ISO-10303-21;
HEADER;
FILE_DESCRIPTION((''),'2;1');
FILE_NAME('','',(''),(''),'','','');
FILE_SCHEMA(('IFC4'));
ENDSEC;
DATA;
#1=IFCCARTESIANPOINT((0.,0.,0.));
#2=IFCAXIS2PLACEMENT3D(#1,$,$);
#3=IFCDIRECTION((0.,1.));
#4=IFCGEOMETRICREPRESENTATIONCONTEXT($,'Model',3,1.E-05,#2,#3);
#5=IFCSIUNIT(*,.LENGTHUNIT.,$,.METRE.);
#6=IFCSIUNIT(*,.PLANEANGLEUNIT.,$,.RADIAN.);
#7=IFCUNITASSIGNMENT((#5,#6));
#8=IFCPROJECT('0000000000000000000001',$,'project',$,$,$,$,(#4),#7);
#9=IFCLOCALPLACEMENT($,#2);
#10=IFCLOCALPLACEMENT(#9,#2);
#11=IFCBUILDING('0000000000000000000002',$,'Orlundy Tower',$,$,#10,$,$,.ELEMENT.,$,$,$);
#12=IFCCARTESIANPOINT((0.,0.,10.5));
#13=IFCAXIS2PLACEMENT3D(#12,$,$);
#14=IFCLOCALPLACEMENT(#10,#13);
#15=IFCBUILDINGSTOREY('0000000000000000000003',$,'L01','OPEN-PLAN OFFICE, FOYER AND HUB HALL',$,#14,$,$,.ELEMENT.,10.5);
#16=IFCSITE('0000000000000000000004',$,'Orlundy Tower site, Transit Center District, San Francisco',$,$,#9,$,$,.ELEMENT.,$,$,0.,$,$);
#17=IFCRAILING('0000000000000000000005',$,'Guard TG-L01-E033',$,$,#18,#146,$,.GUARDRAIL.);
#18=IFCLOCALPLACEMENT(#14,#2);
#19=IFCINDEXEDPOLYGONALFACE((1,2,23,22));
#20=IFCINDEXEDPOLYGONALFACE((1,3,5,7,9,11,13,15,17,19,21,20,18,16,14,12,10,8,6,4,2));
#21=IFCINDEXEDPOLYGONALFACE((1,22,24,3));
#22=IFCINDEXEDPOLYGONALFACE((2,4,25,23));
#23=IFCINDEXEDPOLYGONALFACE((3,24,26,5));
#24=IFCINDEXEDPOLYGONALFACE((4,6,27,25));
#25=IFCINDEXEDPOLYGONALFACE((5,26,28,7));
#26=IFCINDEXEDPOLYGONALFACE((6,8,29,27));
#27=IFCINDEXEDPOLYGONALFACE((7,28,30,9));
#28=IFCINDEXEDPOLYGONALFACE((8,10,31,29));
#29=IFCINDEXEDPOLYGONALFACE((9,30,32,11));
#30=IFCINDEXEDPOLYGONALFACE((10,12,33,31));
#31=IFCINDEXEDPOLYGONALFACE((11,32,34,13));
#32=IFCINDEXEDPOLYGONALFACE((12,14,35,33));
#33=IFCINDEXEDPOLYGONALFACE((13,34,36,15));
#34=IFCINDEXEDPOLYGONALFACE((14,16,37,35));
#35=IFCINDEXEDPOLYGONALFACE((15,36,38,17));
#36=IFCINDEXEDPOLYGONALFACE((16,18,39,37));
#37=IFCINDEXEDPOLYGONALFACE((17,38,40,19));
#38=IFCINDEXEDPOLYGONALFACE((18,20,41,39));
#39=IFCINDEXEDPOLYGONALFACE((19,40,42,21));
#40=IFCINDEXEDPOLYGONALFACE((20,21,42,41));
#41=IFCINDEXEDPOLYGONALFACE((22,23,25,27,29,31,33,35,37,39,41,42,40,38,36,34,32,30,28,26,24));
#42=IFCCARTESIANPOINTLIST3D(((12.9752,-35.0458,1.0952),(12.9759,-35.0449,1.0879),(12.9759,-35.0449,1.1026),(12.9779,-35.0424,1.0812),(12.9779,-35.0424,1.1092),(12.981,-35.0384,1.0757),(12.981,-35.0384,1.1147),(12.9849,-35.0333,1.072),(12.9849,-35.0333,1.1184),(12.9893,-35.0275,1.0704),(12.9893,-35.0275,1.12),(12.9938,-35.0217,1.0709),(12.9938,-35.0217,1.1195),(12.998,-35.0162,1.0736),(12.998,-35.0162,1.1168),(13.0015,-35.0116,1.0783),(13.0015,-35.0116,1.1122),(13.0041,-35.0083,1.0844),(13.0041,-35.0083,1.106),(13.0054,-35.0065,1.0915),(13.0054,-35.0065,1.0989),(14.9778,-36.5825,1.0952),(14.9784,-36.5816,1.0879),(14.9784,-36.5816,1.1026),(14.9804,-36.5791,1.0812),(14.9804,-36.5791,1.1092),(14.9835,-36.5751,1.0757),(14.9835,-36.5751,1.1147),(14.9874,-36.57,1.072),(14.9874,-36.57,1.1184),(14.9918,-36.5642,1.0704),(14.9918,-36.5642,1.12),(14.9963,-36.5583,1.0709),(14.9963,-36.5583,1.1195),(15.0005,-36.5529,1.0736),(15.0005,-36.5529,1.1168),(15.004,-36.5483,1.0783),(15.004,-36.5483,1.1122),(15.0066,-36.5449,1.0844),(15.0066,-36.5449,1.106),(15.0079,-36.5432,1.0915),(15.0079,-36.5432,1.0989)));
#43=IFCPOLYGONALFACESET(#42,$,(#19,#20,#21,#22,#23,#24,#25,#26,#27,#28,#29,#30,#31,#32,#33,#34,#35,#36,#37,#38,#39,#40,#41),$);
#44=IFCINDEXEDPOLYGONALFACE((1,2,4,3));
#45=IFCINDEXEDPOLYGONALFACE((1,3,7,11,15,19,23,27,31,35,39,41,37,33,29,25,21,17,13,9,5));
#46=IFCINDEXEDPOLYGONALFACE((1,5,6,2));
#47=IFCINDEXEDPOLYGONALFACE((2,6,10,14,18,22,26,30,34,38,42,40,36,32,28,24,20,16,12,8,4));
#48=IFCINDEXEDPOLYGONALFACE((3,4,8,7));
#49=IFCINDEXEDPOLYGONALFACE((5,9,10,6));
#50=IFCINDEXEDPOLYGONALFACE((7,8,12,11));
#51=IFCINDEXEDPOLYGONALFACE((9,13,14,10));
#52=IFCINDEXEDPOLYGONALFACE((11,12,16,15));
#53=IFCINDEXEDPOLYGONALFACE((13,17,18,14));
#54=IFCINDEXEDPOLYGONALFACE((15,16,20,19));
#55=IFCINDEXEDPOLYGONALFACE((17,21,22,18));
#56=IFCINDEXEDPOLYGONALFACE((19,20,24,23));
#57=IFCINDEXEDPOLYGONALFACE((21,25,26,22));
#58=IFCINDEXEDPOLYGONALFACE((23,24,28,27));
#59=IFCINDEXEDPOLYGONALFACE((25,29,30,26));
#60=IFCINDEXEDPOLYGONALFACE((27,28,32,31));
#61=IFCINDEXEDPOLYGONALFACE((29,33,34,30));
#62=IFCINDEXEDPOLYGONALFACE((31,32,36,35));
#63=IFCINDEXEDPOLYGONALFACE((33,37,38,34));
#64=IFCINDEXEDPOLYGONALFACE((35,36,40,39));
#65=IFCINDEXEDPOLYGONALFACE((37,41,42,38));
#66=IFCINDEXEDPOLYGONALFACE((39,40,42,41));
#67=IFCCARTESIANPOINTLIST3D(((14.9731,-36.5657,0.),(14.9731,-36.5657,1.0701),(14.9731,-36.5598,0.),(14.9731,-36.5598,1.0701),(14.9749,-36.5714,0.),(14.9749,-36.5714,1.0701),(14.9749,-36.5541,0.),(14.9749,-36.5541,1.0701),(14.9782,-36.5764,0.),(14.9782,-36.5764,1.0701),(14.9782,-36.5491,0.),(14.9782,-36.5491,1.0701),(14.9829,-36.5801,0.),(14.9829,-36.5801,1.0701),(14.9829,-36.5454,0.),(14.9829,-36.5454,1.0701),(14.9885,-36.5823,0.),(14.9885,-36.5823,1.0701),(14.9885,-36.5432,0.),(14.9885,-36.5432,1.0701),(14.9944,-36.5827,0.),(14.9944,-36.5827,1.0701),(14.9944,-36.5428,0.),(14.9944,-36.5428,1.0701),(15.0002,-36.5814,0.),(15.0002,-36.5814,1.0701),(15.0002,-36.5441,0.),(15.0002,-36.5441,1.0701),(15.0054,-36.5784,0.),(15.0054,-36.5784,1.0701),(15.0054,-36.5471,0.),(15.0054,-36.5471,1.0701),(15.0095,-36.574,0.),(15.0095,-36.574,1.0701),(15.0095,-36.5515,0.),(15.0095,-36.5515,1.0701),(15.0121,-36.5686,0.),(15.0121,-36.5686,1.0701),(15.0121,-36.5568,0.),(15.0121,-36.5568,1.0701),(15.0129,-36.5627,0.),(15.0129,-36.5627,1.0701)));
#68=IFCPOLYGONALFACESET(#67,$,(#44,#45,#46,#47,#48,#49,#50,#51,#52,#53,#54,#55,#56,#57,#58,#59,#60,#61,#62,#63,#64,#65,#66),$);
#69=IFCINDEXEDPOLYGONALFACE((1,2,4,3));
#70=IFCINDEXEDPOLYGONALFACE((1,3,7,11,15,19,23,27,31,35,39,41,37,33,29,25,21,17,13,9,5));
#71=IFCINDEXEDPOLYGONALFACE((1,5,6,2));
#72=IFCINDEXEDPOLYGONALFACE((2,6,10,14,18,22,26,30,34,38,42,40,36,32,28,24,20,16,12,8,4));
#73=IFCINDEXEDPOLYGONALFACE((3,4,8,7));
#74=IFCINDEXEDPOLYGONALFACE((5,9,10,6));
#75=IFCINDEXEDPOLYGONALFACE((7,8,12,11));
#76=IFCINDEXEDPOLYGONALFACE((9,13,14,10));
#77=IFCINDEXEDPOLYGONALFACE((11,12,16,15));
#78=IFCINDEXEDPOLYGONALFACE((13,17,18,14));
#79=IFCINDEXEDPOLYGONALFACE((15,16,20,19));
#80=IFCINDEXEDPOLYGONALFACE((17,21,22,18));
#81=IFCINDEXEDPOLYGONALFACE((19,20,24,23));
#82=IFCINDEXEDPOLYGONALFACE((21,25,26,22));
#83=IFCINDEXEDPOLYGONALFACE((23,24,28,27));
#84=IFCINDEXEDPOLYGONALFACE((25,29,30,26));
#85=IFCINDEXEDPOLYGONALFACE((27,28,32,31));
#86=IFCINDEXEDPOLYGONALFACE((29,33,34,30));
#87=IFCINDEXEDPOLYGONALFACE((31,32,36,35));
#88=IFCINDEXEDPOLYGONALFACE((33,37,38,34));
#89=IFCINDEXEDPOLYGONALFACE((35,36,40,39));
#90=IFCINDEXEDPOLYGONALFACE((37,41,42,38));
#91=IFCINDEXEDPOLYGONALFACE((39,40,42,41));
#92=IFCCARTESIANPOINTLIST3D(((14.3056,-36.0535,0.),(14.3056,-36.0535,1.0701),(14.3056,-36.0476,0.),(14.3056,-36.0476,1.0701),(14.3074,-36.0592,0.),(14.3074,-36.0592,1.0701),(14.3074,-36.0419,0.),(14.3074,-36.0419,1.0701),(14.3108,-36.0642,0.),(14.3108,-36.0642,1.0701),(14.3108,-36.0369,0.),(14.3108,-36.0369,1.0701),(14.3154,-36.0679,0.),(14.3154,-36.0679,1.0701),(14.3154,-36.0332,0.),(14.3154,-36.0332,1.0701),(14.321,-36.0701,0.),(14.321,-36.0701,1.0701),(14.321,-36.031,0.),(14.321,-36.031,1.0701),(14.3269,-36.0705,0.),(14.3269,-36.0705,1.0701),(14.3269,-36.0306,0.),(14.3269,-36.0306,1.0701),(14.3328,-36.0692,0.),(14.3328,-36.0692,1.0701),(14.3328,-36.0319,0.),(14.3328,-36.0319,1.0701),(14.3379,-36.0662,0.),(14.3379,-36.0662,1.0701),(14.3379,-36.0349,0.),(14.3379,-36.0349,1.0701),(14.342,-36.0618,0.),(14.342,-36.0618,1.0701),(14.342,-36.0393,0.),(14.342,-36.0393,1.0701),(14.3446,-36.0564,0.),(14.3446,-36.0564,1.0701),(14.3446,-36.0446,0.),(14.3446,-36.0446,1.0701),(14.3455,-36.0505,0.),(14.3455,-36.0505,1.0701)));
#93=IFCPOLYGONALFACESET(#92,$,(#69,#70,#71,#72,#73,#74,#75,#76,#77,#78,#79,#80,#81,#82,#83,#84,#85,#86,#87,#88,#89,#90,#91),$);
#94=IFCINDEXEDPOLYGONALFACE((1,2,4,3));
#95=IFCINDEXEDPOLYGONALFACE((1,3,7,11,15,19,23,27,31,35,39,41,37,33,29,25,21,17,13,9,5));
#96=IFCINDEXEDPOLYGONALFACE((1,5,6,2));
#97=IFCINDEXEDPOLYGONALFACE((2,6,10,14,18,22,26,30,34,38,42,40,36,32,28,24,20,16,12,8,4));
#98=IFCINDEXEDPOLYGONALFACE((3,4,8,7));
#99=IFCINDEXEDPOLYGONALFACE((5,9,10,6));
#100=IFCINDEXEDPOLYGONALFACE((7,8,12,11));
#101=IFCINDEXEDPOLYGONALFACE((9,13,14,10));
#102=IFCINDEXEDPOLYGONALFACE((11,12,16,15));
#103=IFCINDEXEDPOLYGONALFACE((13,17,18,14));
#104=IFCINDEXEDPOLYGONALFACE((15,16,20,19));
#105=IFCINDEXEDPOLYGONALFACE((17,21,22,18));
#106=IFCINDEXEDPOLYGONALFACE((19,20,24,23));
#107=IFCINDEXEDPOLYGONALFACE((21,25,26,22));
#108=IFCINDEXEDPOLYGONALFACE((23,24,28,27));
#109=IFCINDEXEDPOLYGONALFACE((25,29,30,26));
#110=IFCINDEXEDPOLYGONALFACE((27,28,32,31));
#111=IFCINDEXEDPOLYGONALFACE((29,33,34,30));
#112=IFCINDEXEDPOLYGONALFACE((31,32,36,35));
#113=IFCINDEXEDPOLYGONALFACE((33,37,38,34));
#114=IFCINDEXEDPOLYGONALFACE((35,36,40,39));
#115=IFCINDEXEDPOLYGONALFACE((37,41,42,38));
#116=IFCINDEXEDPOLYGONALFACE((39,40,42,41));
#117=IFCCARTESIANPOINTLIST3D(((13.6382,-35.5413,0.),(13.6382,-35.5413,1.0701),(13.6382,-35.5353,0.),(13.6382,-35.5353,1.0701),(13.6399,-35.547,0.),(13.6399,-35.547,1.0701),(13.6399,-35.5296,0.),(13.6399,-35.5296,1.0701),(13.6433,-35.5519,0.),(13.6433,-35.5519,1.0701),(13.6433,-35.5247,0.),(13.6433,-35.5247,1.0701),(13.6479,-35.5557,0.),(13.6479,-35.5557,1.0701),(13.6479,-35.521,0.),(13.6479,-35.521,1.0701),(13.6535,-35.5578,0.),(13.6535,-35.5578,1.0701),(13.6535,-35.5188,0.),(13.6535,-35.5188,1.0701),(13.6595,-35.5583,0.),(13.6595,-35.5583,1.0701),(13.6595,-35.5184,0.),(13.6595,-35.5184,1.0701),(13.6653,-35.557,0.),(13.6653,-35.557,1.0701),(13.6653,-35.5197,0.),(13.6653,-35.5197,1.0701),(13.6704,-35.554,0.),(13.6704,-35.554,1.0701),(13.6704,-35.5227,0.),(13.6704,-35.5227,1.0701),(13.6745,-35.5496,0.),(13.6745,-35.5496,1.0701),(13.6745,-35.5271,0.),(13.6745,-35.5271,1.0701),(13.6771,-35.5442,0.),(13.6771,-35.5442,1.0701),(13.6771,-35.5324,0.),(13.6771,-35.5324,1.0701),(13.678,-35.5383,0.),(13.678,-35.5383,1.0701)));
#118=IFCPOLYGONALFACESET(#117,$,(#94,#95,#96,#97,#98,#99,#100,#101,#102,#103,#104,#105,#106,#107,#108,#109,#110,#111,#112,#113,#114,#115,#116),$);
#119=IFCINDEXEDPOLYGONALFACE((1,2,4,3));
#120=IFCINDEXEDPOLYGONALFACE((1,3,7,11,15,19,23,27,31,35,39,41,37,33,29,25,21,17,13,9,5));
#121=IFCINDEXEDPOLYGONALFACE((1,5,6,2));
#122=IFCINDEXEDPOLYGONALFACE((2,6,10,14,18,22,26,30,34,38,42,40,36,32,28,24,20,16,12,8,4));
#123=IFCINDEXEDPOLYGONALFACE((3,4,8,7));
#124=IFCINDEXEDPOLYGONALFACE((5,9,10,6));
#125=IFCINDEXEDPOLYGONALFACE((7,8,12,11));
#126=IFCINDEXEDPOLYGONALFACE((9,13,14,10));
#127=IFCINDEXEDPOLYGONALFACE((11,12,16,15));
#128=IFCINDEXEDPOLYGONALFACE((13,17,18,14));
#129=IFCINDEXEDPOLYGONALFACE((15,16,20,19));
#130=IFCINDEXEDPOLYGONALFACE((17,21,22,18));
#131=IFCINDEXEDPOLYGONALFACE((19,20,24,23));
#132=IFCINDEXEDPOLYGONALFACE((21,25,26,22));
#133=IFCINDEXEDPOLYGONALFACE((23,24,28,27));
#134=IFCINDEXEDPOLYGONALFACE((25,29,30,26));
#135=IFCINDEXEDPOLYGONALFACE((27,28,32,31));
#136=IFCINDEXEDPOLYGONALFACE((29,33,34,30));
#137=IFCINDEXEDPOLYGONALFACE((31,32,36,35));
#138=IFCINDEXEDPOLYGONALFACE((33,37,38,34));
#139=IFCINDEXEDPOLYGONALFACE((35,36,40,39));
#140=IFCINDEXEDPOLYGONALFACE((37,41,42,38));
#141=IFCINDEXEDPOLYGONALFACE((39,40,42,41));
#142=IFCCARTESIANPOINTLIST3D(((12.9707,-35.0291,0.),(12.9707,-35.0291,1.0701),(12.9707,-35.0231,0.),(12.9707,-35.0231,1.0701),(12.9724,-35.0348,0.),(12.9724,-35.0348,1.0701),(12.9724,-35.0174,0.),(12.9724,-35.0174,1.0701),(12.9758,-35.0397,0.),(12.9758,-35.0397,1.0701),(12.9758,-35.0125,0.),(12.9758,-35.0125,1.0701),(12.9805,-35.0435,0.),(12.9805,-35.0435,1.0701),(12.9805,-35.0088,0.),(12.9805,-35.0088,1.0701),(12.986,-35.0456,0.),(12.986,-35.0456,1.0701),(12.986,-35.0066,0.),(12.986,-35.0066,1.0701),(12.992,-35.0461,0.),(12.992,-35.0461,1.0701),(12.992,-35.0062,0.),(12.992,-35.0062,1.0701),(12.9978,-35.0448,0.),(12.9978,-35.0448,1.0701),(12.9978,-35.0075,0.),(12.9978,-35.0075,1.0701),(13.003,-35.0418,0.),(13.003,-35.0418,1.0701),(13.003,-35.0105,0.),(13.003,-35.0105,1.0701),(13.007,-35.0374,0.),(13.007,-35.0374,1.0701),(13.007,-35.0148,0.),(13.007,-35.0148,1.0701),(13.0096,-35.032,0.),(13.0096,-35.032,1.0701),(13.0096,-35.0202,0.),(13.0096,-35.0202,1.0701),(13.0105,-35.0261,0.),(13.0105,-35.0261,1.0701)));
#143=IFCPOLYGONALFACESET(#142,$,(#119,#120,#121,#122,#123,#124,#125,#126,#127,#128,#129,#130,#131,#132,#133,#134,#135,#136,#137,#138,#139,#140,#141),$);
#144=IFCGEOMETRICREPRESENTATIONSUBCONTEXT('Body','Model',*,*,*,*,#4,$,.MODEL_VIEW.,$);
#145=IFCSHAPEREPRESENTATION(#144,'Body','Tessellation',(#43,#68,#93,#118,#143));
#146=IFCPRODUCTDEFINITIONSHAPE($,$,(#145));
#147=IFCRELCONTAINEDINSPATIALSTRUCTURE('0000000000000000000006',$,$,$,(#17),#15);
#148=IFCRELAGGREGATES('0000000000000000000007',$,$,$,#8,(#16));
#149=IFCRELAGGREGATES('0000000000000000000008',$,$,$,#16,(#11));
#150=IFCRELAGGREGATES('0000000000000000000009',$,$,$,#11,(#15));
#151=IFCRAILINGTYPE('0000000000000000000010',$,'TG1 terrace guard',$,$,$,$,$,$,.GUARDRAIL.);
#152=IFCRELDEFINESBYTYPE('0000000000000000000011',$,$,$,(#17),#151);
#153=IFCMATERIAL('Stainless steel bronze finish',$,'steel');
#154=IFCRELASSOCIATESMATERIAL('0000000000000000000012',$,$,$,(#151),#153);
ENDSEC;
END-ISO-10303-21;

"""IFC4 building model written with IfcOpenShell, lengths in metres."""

from ifc_helpers import new_model, si_unit, direction, frame, origin, origin_2d, place, context, subcontext, project, spatial, circle, extrude, material, type_object, element, save


model = new_model("IFC4")

# Units and contexts
model_context = context("Model", 3, precision=1e-05, world=origin(), true_north=direction((0.0, 1.0)))
body_context = subcontext(model_context, "Body", "Model", "MODEL_VIEW")
ifc_project = project(units=[si_unit("LENGTHUNIT", "METRE"), si_unit("PLANEANGLEUNIT", "RADIAN")], contexts=[model_context])

# Site, building, storey
site_placement = place(None, origin())
site = spatial("IfcSite", under=ifc_project, at=site_placement, Name="Orlundy Tower site, Transit Center District, San Francisco", CompositionType="ELEMENT", RefElevation=0.0)
building_placement = place(site_placement, origin())
building = spatial("IfcBuilding", under=site, at=building_placement, Name="Orlundy Tower", CompositionType="ELEMENT")
storey_placement = place(building_placement, frame((0.0, 0.0, 10.5)))
storey = spatial("IfcBuildingStorey", under=building, at=storey_placement, Name="L01", Description="OPEN-PLAN OFFICE, FOYER AND HUB HALL", CompositionType="ELEMENT", Elevation=10.5)

# Railing
ifc_material_1 = material(Name="Stainless steel bronze finish", Category="steel")
railing_type = type_object("IfcRailingType", Name="TG1 terrace guard", PredefinedType="GUARDRAIL", material=ifc_material_1)
railing_1_placement = place(storey_placement, frame((14.9929, -36.5627, 0.0)))
element("IfcRailing", 1, at=railing_1_placement, inside=storey, type_object=railing_type, Name="Guard TG-L01-E033", PredefinedType="GUARDRAIL", context=body_context, shape_type="SweptSolid", body=[
    extrude(circle(Radius=0.0249, at=origin_2d()), frame((0.0, 0.0, 1.0952), z_axis=(-0.793335, 0.608785, 0.0), x_axis=(-0.608785, -0.793335, 0.0)), (0.0, 0.0, 1.0), 2.5242),
    extrude(circle(Radius=0.02, at=origin_2d()), origin(), (0.0, 0.0, 1.0), 1.0701),
    extrude(circle(Radius=0.02, at=origin_2d()), frame((-0.6675, 0.5122, 0.0)), (0.0, 0.0, 1.0), 1.0701),
    extrude(circle(Radius=0.02, at=origin_2d()), frame((-1.335, 1.0244, 0.0)), (0.0, 0.0, 1.0), 1.0701),
    extrude(circle(Radius=0.02, at=origin_2d()), frame((-2.0024, 1.5366, 0.0)), (0.0, 0.0, 1.0), 1.0701),
])

save(model, "model.ifc")
